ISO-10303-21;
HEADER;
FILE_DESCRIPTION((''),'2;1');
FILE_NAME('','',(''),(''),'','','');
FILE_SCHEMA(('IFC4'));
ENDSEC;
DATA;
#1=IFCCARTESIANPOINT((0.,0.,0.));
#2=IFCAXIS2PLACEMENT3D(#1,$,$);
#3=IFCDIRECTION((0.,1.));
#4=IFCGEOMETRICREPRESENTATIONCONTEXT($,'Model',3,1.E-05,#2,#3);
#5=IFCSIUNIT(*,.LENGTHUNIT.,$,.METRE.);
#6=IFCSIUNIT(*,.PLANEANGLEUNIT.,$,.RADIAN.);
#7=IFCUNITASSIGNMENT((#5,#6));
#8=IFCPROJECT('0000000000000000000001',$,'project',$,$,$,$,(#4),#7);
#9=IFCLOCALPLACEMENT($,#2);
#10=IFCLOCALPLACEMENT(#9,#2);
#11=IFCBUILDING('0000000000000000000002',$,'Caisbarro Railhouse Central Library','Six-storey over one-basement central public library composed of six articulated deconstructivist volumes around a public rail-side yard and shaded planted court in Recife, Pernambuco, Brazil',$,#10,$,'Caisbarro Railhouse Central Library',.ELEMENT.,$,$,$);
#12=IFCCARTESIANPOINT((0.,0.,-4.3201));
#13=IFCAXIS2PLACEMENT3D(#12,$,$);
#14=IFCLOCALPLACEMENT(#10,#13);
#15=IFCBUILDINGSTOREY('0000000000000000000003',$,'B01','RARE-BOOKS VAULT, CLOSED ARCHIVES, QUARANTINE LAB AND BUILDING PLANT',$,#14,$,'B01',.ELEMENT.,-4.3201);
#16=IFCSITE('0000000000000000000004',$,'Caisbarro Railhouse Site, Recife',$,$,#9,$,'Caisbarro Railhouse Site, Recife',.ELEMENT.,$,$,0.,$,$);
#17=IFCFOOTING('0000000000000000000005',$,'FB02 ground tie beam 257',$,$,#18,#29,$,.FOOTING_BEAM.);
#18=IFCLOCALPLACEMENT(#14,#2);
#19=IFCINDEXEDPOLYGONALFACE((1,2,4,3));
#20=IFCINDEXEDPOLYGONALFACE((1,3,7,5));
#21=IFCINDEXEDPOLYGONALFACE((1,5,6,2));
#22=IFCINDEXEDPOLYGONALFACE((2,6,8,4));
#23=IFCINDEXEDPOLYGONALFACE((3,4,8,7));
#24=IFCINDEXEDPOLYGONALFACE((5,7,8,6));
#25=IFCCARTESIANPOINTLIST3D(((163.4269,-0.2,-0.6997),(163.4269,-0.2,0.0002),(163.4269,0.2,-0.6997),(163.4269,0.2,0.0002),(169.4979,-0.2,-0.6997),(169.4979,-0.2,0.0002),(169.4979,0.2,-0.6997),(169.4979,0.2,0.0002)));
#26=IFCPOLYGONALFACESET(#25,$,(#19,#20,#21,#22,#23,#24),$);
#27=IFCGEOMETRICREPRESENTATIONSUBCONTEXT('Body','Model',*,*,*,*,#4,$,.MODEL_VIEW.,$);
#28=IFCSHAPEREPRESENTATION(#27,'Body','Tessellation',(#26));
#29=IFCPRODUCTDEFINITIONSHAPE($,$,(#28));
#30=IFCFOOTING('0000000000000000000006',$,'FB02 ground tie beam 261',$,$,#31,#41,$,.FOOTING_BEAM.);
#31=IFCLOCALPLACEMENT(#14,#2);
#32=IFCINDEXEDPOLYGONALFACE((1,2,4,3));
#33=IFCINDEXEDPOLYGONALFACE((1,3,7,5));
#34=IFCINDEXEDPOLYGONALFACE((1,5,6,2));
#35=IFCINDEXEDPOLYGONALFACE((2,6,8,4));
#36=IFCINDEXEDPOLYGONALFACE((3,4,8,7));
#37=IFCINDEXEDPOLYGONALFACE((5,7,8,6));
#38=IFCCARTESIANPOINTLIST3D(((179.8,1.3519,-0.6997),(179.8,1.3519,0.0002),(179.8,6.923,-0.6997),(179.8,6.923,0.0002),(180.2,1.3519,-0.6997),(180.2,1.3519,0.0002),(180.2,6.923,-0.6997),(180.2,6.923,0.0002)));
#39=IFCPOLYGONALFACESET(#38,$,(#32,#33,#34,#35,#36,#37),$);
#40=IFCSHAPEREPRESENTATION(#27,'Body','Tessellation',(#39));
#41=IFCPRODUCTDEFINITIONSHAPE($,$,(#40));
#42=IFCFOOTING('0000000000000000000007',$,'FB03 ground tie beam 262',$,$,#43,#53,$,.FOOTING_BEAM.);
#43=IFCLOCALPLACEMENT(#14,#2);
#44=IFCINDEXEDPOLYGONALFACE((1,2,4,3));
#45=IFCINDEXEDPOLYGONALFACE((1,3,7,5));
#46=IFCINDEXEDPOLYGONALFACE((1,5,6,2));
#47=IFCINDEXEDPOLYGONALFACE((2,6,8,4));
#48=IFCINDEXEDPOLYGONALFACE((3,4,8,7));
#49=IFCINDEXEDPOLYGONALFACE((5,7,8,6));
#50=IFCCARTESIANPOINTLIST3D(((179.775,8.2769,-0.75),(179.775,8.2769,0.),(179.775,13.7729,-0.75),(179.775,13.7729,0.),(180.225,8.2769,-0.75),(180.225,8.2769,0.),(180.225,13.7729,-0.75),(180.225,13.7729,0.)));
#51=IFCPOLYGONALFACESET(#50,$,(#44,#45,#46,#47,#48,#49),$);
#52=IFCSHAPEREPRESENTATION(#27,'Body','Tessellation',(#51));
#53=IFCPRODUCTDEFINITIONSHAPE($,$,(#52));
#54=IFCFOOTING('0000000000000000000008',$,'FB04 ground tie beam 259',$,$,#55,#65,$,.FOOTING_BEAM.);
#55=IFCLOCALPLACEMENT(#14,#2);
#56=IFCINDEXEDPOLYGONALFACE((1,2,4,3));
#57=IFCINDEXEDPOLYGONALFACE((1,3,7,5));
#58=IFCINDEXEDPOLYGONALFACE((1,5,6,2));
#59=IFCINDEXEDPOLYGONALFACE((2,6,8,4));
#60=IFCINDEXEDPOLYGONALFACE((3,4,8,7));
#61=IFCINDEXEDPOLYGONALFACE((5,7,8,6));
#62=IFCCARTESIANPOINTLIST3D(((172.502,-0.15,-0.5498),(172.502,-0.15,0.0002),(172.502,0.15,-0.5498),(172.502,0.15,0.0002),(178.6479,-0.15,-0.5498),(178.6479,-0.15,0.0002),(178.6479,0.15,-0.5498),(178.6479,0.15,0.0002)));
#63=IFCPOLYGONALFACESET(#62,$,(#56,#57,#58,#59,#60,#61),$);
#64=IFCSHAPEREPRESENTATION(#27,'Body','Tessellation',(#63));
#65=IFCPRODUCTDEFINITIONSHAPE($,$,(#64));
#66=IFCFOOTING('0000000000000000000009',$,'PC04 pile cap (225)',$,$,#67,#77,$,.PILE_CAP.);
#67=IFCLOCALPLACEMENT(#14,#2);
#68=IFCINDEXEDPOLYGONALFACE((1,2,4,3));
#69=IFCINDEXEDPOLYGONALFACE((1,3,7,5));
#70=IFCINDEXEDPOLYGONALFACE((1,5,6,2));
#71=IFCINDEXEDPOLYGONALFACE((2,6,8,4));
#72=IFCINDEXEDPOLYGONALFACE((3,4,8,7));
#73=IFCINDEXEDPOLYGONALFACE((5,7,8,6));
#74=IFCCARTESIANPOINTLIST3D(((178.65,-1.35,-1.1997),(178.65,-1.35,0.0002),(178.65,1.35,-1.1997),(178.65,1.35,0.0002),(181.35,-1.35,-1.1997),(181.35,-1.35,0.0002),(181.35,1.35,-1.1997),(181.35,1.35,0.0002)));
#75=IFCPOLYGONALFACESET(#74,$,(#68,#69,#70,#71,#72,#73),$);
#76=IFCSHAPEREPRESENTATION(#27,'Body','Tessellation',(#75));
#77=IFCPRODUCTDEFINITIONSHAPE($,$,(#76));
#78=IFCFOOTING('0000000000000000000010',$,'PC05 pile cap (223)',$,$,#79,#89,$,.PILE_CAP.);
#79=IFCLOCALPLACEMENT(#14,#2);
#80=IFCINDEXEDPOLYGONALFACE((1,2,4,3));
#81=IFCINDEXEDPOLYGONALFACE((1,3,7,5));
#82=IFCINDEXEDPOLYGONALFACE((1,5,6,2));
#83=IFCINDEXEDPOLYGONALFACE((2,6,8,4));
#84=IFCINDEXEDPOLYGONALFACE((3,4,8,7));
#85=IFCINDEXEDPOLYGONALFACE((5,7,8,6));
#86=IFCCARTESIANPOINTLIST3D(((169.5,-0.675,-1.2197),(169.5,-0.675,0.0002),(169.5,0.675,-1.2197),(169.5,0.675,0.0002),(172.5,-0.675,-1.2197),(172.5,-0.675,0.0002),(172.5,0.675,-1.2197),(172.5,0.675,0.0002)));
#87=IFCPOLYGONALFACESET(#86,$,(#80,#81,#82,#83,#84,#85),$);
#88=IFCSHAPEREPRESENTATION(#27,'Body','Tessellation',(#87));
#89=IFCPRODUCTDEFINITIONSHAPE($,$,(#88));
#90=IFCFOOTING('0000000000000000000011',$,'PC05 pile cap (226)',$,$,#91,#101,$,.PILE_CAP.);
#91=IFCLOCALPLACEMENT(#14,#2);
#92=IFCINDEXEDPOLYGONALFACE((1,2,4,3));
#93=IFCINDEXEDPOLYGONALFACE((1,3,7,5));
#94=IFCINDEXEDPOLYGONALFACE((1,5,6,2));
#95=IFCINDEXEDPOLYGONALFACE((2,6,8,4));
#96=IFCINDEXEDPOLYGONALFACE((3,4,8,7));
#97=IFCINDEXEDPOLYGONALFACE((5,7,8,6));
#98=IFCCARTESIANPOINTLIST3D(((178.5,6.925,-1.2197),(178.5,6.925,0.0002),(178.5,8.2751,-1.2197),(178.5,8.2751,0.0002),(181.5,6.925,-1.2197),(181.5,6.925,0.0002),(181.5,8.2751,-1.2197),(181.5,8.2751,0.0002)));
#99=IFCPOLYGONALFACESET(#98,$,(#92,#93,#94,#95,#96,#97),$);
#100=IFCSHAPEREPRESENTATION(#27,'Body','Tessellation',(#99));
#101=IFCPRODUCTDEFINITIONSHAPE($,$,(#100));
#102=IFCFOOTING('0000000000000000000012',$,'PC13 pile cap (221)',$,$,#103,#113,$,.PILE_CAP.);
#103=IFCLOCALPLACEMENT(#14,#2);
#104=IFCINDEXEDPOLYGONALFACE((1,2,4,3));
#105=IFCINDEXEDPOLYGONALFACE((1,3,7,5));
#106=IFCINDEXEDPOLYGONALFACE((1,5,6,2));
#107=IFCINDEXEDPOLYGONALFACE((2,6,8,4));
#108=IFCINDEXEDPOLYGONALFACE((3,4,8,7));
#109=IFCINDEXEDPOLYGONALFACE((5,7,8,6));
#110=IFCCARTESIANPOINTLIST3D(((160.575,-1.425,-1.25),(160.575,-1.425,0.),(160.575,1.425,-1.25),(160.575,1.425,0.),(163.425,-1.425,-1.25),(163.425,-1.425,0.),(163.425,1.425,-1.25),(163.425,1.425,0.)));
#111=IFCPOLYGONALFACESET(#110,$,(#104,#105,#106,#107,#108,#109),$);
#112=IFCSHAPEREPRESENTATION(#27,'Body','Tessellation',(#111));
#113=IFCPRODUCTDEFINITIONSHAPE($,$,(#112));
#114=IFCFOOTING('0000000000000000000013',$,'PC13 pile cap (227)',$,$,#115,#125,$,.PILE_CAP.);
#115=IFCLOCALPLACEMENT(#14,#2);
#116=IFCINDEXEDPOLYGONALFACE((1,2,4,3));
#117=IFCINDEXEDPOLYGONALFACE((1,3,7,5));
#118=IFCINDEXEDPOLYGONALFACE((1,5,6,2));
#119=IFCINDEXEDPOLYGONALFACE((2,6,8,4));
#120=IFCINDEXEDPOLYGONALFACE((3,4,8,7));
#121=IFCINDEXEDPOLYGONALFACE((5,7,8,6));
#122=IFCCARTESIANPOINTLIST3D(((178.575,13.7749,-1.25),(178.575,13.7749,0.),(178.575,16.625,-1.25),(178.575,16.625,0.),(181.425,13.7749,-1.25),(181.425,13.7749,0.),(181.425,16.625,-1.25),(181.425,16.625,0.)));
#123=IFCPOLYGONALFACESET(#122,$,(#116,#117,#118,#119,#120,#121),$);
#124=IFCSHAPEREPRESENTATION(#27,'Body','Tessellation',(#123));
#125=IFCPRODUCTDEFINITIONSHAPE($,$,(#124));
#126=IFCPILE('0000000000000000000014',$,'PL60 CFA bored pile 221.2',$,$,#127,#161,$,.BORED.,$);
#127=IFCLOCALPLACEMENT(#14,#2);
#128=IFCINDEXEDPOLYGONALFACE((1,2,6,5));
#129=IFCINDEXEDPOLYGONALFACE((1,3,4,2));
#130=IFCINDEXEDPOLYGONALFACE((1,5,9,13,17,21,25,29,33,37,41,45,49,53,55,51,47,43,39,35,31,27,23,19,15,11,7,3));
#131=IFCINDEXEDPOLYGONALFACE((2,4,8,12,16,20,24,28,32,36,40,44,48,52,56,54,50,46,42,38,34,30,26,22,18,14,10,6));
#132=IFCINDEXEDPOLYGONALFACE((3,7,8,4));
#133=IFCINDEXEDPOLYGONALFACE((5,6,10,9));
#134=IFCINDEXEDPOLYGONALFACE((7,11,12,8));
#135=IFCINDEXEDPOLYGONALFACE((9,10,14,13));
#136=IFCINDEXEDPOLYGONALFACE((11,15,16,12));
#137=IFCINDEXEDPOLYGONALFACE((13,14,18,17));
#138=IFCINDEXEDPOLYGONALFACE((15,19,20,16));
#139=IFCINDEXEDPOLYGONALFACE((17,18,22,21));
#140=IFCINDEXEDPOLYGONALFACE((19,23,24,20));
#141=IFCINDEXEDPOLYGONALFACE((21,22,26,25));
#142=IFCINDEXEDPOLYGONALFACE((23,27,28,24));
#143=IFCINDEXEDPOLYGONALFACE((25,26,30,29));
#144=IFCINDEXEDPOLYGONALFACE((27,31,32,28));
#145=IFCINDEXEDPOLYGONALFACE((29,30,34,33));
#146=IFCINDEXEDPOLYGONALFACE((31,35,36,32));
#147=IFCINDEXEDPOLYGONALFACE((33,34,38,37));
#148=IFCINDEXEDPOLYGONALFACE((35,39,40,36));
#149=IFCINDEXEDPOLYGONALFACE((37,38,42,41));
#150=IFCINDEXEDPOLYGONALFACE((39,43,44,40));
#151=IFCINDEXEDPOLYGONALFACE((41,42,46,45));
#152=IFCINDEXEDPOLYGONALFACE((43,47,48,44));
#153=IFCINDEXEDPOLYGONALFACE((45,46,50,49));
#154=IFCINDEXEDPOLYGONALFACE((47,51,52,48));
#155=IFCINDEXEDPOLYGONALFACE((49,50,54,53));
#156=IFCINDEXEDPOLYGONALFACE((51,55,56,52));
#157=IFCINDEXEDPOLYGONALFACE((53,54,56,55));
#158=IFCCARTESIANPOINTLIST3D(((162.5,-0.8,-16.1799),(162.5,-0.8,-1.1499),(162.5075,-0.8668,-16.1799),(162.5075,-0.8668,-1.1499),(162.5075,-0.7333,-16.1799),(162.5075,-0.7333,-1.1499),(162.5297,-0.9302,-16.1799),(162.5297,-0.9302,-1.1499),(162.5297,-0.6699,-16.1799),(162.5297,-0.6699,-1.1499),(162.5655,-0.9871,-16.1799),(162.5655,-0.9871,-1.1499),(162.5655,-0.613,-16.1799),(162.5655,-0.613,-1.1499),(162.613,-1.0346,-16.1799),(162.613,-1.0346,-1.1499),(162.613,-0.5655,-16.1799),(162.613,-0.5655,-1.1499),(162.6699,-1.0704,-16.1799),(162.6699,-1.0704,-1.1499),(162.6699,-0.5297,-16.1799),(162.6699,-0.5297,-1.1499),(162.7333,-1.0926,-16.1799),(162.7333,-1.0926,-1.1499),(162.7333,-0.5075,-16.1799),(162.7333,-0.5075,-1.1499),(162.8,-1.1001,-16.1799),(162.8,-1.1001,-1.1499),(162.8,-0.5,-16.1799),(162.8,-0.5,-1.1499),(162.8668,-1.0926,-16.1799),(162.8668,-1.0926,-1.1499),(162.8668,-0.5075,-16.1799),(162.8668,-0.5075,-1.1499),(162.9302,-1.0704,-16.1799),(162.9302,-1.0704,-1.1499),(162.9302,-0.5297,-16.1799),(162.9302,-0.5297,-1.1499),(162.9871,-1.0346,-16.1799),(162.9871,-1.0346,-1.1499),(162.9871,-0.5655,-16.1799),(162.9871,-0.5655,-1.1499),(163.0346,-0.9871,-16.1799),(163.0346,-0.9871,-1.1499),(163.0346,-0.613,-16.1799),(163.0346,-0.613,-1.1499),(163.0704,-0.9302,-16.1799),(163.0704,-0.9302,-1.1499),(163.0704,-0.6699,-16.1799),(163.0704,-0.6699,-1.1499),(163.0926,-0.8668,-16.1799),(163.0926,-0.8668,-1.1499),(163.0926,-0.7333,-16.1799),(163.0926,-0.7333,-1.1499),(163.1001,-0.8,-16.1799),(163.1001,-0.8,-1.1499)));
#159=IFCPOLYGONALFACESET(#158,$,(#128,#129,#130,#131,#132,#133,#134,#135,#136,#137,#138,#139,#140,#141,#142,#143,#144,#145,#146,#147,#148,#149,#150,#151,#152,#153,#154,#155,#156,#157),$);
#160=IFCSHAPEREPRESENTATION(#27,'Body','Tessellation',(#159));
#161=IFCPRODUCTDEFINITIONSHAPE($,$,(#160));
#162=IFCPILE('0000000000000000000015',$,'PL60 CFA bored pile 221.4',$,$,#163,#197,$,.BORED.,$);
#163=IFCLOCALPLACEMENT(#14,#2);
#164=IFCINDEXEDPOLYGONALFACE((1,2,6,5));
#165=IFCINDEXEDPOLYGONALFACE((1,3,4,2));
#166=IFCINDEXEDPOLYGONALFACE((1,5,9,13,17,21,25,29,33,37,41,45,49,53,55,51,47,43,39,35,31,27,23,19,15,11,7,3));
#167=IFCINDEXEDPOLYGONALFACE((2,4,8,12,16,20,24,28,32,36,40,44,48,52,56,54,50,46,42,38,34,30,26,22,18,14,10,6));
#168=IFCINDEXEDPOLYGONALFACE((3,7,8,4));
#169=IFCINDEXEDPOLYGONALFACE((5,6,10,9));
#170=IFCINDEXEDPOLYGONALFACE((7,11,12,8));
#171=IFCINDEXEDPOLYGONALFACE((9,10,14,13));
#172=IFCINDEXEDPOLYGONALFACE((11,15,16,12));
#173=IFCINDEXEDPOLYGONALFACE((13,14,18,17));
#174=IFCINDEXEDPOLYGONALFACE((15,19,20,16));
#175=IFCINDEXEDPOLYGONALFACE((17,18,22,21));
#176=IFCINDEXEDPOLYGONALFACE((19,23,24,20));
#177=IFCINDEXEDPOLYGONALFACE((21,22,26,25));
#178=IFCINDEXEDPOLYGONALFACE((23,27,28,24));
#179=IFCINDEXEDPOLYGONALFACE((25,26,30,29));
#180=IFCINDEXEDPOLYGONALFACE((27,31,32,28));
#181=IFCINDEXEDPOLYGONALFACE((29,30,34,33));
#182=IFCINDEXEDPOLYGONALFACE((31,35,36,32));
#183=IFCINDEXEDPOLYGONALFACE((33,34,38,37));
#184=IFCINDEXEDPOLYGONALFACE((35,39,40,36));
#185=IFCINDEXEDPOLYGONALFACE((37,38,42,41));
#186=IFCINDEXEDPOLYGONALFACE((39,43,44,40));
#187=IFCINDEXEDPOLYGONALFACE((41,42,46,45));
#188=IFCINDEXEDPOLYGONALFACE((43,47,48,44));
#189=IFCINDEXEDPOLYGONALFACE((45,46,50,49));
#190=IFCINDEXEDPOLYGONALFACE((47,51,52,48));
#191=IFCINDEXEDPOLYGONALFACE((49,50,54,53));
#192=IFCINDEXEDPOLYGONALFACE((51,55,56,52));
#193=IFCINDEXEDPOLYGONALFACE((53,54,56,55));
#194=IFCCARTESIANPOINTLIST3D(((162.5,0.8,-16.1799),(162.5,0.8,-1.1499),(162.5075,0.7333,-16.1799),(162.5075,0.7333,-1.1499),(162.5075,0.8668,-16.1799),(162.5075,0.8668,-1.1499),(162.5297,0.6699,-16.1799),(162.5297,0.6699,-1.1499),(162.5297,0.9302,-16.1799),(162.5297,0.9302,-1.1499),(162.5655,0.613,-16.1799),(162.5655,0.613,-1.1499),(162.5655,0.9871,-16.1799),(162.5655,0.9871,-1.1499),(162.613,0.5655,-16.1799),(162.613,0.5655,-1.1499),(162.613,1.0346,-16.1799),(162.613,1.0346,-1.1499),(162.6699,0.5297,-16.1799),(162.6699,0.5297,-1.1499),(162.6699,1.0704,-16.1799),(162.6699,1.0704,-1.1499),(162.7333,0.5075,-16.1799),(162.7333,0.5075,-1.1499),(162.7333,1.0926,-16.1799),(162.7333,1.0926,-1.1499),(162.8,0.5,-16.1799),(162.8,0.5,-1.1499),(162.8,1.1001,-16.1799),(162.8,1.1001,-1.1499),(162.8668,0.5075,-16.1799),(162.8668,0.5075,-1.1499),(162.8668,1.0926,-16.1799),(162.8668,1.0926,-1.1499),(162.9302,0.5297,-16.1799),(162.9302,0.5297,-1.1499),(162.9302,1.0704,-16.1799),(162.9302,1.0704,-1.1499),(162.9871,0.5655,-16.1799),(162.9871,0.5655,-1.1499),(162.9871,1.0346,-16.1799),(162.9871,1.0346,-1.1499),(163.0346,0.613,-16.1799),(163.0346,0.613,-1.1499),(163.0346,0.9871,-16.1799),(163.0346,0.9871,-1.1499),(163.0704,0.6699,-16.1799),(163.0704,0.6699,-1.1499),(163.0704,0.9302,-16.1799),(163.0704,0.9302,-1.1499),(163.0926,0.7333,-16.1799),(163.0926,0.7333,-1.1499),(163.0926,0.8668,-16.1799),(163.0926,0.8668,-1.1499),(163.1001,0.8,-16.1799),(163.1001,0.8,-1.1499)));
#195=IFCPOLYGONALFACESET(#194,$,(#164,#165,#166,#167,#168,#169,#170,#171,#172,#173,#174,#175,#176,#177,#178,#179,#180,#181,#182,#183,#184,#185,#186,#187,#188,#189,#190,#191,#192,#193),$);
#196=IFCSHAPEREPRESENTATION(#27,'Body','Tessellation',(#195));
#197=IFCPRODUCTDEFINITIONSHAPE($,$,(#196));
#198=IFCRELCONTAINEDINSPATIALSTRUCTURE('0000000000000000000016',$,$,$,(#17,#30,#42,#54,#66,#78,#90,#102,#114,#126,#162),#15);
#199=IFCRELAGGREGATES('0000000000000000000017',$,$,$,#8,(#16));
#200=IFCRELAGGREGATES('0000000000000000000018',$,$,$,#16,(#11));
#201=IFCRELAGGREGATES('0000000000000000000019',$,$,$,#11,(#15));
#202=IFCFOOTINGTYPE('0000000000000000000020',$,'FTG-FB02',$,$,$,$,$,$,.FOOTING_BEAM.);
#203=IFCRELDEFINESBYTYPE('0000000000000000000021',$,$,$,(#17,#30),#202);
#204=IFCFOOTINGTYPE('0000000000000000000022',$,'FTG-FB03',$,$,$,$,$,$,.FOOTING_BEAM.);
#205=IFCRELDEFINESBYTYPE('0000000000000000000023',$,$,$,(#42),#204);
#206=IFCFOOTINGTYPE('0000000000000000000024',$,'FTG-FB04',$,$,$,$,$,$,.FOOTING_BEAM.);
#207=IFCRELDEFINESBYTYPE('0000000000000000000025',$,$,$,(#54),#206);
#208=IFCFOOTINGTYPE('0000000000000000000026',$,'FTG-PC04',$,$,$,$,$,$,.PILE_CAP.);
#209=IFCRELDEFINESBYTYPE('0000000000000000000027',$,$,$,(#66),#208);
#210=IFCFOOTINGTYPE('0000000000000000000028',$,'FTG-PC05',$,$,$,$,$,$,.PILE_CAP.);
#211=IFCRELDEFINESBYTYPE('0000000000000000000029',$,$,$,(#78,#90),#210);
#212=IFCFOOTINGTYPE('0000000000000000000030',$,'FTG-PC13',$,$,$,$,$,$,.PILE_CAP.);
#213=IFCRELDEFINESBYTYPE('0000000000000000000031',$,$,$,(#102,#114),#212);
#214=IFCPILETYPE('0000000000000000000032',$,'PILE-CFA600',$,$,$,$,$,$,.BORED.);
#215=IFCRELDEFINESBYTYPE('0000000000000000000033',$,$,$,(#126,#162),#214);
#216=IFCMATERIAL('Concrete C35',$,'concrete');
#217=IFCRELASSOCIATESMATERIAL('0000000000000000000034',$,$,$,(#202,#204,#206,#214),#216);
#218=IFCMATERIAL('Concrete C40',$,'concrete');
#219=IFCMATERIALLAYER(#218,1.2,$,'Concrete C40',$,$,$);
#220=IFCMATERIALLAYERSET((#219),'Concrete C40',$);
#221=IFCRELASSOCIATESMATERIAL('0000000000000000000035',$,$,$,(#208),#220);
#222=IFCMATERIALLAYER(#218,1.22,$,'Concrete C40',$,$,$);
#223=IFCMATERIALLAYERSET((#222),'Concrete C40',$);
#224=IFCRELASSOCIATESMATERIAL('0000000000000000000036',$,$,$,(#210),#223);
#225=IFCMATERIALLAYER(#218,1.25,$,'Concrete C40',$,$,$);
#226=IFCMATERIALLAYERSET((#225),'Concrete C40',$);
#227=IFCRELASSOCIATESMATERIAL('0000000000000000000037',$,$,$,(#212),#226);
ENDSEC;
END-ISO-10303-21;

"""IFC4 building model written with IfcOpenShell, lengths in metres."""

from ifc_helpers import new_model, si_unit, direction, frame, origin, origin_2d, place, context, subcontext, project, spatial, rectangle, circle, extrude, material, layer, layer_set, material_profile, profile_set, type_object, element, save


model = new_model("IFC4")

# Units and contexts
model_context = context("Model", 3, precision=1e-05, world=origin(), true_north=direction((0.0, 1.0)))
body_context = subcontext(model_context, "Body", "Model", "MODEL_VIEW")
ifc_project = project(units=[si_unit("LENGTHUNIT", "METRE"), si_unit("PLANEANGLEUNIT", "RADIAN")], contexts=[model_context])

# Site, building, storey
site_placement = place(None, origin())
site = spatial("IfcSite", under=ifc_project, at=site_placement, Name="Caisbarro Railhouse Site, Recife", LongName="Caisbarro Railhouse Site, Recife", CompositionType="ELEMENT", RefElevation=0.0)
building_placement = place(site_placement, origin())
building = spatial("IfcBuilding", under=site, at=building_placement, Name="Caisbarro Railhouse Central Library", Description="Six-storey over one-basement central public library composed of six articulated deconstructivist volumes around a public rail-side yard and shaded planted court in Recife, Pernambuco, Brazil", LongName="Caisbarro Railhouse Central Library", CompositionType="ELEMENT")
storey_placement = place(building_placement, frame((0.0, 0.0, -4.3201)))
storey = spatial("IfcBuildingStorey", under=building, at=storey_placement, Name="B01", Description="RARE-BOOKS VAULT, CLOSED ARCHIVES, QUARANTINE LAB AND BUILDING PLANT", LongName="B01", CompositionType="ELEMENT", Elevation=-4.3201)

# Footings
ifc_material_1 = material(Name="Concrete C35", Category="concrete")
footing_type_1 = type_object("IfcFootingType", Name="FTG-FB02", PredefinedType="FOOTING_BEAM", material=ifc_material_1)
footing_1_placement = place(storey_placement, frame((166.4624, 0.0, -0.6997), z_axis=(0.0, 0.0, 1.0), x_axis=(1.0, 0.0, 0.0)))
element("IfcFooting", 1, at=footing_1_placement, inside=storey, type_object=footing_type_1, Name="FB02 ground tie beam 257", PredefinedType="FOOTING_BEAM", context=body_context, shape_type="SweptSolid", body=[
    extrude(rectangle(XDim=6.071, YDim=0.3999, at=origin_2d()), origin(), (0.0, 0.0, 1.0), 0.7),
])
footing_2_placement = place(storey_placement, frame((180.0, 4.1375, -0.6997), z_axis=(0.0, 0.0, 1.0), x_axis=(0.0, 1.0, 0.0)))
element("IfcFooting", 2, at=footing_2_placement, inside=storey, type_object=footing_type_1, Name="FB02 ground tie beam 261", PredefinedType="FOOTING_BEAM", context=body_context, shape_type="SweptSolid", body=[
    extrude(rectangle(XDim=5.571, YDim=0.3999, at=origin_2d()), origin(), (0.0, 0.0, 1.0), 0.7),
])
footing_type_2 = type_object("IfcFootingType", Name="FTG-FB03", PredefinedType="FOOTING_BEAM", material=ifc_material_1)
footing_3_placement = place(storey_placement, frame((180.0, 11.0249, -0.75), z_axis=(0.0, 0.0, 1.0), x_axis=(0.0, 1.0, 0.0)))
element("IfcFooting", 3, at=footing_3_placement, inside=storey, type_object=footing_type_2, Name="FB03 ground tie beam 262", PredefinedType="FOOTING_BEAM", context=body_context, shape_type="SweptSolid", body=[
    extrude(rectangle(XDim=5.4961, YDim=0.45, at=origin_2d()), origin(), (0.0, 0.0, 1.0), 0.75),
])
footing_type_3 = type_object("IfcFootingType", Name="FTG-FB04", PredefinedType="FOOTING_BEAM", material=ifc_material_1)
footing_4_placement = place(storey_placement, frame((175.575, 0.0, -0.5498), z_axis=(0.0, 0.0, 1.0), x_axis=(1.0, 0.0, 0.0)))
element("IfcFooting", 4, at=footing_4_placement, inside=storey, type_object=footing_type_3, Name="FB04 ground tie beam 259", PredefinedType="FOOTING_BEAM", context=body_context, shape_type="SweptSolid", body=[
    extrude(rectangle(XDim=6.146, YDim=0.3, at=origin_2d()), origin(), (0.0, 0.0, 1.0), 0.55),
])
ifc_material_2 = material(Name="Concrete C40", Category="concrete")
ifc_layer_1 = layer(ifc_material_2, 1.2, Name="Concrete C40")
ifc_layer_set_1 = layer_set([ifc_layer_1], Name="Concrete C40")
footing_type_4 = type_object("IfcFootingType", Name="FTG-PC04", PredefinedType="PILE_CAP", material=ifc_layer_set_1)
footing_5_placement = place(storey_placement, frame((180.0, 0.0, -1.1997), z_axis=(0.0, 0.0, 1.0), x_axis=(1.0, 0.0, 0.0)))
element("IfcFooting", 5, at=footing_5_placement, inside=storey, type_object=footing_type_4, Name="PC04 pile cap (225)", PredefinedType="PILE_CAP", context=body_context, shape_type="SweptSolid", body=[
    extrude(rectangle(XDim=2.7, YDim=2.7, at=origin_2d()), origin(), (0.0, 0.0, 1.0), 1.2),
])
ifc_layer_2 = layer(ifc_material_2, 1.22, Name="Concrete C40")
ifc_layer_set_2 = layer_set([ifc_layer_2], Name="Concrete C40")
footing_type_5 = type_object("IfcFootingType", Name="FTG-PC05", PredefinedType="PILE_CAP", material=ifc_layer_set_2)
for number, where, z_axis, x_axis, name in (
    (6, (171.0, 0.0, -1.2197), (0.0, 0.0, 1.0), (1.0, 0.0, 0.0), "PC05 pile cap (223)"),
    (7, (180.0, 7.6001, -1.2197), (0.0, 0.0, 1.0), (1.0, 0.0, 0.0), "PC05 pile cap (226)"),
):
    element("IfcFooting", number, at=place(storey_placement, frame(where, z_axis=z_axis, x_axis=x_axis)), inside=storey, type_object=footing_type_5, Name=name, PredefinedType="PILE_CAP", context=body_context, shape_type="SweptSolid", body=[
        extrude(rectangle(XDim=3.0, YDim=1.3501, at=origin_2d()), origin(), (0.0, 0.0, 1.0), 1.22),
    ])
ifc_layer_3 = layer(ifc_material_2, 1.25, Name="Concrete C40")
ifc_layer_set_3 = layer_set([ifc_layer_3], Name="Concrete C40")
footing_type_6 = type_object("IfcFootingType", Name="FTG-PC13", PredefinedType="PILE_CAP", material=ifc_layer_set_3)
for number, where, z_axis, x_axis, name in (
    (8, (162.0, 0.0, -1.25), (0.0, 0.0, 1.0), (1.0, 0.0, 0.0), "PC13 pile cap (221)"),
    (9, (180.0, 15.2, -1.25), (0.0, 0.0, 1.0), (1.0, 0.0, 0.0), "PC13 pile cap (227)"),
):
    element("IfcFooting", number, at=place(storey_placement, frame(where, z_axis=z_axis, x_axis=x_axis)), inside=storey, type_object=footing_type_6, Name=name, PredefinedType="PILE_CAP", context=body_context, shape_type="SweptSolid", body=[
        extrude(rectangle(XDim=2.8501, YDim=2.8501, at=origin_2d()), origin(), (0.0, 0.0, 1.0), 1.25),
    ])

# Piles
ifc_material_profile_1 = material_profile(ifc_material_1, circle(Radius=0.3, at=origin_2d()), Name="PILE-CFA-600")
ifc_profile_set_1 = profile_set([ifc_material_profile_1], Name="Concrete C35")
pile_type_1 = type_object("IfcPileType", Name="PILE-CFA600", PredefinedType="BORED", material=ifc_profile_set_1)
for number, where, z_axis, x_axis, name in (
    (10, (162.8, -0.8, -1.1499), (0.0, 0.0, -1.0), (1.0, 0.0, 0.0), "PL60 CFA bored pile 221.2"),
    (11, (162.8, 0.8, -1.1499), (0.0, 0.0, -1.0), (1.0, 0.0, 0.0), "PL60 CFA bored pile 221.4"),
):
    element("IfcPile", number, at=place(storey_placement, frame(where, z_axis=z_axis, x_axis=x_axis)), inside=storey, type_object=pile_type_1, Name=name, PredefinedType="BORED", context=body_context, shape_type="SweptSolid", body=[
        extrude(circle(Radius=0.3, at=origin_2d()), origin(), (0.0, 0.0, 1.0), 15.03),
    ])

save(model, "model.ifc")
